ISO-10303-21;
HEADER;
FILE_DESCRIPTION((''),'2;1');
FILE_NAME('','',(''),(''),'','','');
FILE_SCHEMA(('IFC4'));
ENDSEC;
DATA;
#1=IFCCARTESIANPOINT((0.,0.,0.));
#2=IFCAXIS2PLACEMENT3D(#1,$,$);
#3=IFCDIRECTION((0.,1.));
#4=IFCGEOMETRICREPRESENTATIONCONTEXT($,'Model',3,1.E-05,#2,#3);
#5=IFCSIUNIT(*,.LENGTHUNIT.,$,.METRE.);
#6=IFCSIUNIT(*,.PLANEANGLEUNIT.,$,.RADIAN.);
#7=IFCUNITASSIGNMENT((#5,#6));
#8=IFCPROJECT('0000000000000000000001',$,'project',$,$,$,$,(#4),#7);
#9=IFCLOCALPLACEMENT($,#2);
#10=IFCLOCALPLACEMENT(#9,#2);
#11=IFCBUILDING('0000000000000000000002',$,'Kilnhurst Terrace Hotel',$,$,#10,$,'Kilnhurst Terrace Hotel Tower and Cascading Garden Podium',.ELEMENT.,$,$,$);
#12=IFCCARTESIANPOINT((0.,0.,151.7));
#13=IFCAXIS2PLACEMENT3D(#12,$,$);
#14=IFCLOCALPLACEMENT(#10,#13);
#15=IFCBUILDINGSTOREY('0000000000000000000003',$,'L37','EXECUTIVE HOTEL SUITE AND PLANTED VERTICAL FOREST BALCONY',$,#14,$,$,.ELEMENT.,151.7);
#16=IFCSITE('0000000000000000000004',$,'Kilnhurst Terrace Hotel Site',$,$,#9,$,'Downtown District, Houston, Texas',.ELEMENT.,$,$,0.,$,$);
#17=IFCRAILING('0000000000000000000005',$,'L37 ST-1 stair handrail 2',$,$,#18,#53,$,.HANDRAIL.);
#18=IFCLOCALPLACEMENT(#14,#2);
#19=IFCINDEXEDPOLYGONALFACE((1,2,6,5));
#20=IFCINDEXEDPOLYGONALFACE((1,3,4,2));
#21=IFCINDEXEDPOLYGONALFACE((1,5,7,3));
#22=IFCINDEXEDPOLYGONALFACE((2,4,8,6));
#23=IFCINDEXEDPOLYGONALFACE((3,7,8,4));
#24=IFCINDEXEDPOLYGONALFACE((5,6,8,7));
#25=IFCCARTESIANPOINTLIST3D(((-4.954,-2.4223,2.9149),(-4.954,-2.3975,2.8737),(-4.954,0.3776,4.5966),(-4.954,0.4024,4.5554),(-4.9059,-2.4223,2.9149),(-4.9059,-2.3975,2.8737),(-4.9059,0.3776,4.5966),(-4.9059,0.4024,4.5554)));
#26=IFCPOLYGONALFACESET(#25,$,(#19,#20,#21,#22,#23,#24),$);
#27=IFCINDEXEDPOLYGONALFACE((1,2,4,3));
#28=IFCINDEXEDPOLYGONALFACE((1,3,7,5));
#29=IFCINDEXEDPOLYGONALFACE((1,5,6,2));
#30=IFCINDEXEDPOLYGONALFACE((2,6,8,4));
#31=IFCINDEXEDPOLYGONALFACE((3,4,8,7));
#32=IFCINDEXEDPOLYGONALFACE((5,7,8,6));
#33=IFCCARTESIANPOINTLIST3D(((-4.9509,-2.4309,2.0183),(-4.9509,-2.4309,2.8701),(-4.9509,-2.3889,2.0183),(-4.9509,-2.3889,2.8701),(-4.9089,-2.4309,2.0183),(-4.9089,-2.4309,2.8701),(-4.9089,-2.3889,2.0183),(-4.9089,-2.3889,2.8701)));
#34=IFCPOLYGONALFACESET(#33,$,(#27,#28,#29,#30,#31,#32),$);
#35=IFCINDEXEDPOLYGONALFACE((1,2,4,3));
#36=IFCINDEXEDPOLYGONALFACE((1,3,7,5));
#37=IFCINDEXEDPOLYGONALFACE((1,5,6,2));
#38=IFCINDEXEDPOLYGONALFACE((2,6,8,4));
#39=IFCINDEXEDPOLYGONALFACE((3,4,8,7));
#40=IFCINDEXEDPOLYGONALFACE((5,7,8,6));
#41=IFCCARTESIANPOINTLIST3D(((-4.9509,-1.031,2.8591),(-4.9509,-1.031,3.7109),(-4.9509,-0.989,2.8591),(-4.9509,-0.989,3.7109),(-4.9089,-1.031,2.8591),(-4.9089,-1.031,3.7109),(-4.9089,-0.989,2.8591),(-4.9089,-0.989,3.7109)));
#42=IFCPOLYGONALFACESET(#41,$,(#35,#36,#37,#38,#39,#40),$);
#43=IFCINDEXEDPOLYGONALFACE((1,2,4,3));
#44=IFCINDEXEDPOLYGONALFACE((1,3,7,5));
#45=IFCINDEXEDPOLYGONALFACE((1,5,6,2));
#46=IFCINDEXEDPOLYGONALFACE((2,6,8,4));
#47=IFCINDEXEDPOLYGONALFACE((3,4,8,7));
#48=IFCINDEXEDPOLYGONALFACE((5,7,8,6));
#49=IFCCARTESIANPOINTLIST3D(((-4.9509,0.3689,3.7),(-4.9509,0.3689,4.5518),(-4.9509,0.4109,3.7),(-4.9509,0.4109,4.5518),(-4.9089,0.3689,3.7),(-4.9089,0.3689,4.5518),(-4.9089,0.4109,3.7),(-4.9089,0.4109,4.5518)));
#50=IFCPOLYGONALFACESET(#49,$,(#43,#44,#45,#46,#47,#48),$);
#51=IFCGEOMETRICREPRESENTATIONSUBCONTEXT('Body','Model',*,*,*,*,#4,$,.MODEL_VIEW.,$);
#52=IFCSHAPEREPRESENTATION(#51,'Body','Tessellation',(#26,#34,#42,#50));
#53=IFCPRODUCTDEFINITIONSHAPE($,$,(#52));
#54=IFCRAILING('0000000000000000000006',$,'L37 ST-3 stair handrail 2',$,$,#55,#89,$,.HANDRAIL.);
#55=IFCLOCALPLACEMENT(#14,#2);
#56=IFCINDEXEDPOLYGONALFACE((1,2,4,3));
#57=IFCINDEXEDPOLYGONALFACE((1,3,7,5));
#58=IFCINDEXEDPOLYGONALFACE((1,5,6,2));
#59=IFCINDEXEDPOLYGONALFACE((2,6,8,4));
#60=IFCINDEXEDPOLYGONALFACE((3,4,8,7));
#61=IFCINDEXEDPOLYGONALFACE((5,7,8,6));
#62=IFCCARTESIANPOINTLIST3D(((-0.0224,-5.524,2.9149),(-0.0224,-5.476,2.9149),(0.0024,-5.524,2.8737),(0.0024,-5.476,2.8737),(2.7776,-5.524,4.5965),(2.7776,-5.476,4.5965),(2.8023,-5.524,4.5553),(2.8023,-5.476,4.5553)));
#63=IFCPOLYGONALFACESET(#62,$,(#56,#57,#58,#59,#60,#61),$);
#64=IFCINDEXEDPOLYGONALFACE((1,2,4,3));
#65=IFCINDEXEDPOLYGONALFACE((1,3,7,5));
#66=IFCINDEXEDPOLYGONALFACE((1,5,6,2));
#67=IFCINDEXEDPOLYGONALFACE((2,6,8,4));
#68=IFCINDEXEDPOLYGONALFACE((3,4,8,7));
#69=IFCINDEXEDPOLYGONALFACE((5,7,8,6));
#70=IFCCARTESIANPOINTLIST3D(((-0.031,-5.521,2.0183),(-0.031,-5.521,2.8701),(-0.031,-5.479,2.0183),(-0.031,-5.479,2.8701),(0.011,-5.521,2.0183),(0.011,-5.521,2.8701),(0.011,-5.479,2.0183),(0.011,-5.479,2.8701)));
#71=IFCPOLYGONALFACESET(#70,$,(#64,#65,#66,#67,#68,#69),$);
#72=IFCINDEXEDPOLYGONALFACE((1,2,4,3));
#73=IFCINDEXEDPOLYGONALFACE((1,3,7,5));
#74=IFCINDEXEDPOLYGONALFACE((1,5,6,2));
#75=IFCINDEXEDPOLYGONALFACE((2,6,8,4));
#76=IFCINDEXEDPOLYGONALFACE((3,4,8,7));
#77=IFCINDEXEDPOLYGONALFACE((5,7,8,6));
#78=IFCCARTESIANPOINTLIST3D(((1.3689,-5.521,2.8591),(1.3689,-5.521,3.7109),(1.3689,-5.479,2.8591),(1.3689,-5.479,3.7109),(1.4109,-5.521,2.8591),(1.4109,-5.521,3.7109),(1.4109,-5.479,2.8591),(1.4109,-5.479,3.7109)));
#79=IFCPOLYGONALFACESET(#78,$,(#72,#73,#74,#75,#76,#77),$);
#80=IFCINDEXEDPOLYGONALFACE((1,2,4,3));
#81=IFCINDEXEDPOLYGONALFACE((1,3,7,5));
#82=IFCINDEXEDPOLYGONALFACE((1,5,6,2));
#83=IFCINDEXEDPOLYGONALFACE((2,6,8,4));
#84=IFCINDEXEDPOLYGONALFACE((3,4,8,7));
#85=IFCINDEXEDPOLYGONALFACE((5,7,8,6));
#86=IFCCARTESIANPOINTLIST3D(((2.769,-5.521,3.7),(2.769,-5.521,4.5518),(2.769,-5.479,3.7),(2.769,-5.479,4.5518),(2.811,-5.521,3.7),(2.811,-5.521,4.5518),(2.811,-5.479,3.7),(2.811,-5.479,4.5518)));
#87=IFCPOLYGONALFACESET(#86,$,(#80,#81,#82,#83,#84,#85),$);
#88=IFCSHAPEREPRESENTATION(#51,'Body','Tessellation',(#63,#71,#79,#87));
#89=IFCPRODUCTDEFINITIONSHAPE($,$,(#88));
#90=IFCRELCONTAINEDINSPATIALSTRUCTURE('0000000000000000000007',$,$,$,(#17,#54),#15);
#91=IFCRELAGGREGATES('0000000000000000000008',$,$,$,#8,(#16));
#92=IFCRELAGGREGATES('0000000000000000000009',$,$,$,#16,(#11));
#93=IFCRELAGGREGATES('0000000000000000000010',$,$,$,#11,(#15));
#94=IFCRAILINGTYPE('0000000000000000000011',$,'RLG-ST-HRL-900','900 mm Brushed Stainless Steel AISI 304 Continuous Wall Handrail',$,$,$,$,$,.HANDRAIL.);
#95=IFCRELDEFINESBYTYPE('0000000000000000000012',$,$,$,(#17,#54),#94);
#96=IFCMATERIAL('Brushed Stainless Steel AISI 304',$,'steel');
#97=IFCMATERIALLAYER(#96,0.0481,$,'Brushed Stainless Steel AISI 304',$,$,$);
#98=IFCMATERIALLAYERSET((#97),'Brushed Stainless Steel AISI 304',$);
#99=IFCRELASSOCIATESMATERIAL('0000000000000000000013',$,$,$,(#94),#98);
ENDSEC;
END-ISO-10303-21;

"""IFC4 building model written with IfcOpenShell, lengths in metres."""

from ifc_helpers import new_model, si_unit, direction, frame, origin, origin_2d, place, context, subcontext, project, spatial, rectangle, extrude, material, layer, layer_set, type_object, element, save


model = new_model("IFC4")

# Units and contexts
model_context = context("Model", 3, precision=1e-05, world=origin(), true_north=direction((0.0, 1.0)))
body_context = subcontext(model_context, "Body", "Model", "MODEL_VIEW")
ifc_project = project(units=[si_unit("LENGTHUNIT", "METRE"), si_unit("PLANEANGLEUNIT", "RADIAN")], contexts=[model_context])

# Site, building, storey
site_placement = place(None, origin())
site = spatial("IfcSite", under=ifc_project, at=site_placement, Name="Kilnhurst Terrace Hotel Site", LongName="Downtown District, Houston, Texas", CompositionType="ELEMENT", RefElevation=0.0)
building_placement = place(site_placement, origin())
building = spatial("IfcBuilding", under=site, at=building_placement, Name="Kilnhurst Terrace Hotel", LongName="Kilnhurst Terrace Hotel Tower and Cascading Garden Podium", CompositionType="ELEMENT")
storey_placement = place(building_placement, frame((0.0, 0.0, 151.7)))
storey = spatial("IfcBuildingStorey", under=building, at=storey_placement, Name="L37", Description="EXECUTIVE HOTEL SUITE AND PLANTED VERTICAL FOREST BALCONY", CompositionType="ELEMENT", Elevation=151.7)

# Railings
ifc_material_1 = material(Name="Brushed Stainless Steel AISI 304", Category="steel")
ifc_layer_1 = layer(ifc_material_1, 0.0481, Name="Brushed Stainless Steel AISI 304")
ifc_layer_set_1 = layer_set([ifc_layer_1], Name="Brushed Stainless Steel AISI 304")
railing_type_1 = type_object("IfcRailingType", Name="RLG-ST-HRL-900", Description="900 mm Brushed Stainless Steel AISI 304 Continuous Wall Handrail", PredefinedType="HANDRAIL", material=ifc_layer_set_1)
railing_1_placement = place(storey_placement, frame((-4.9299, -2.4099, 2.0183)))
element("IfcRailing", 1, at=railing_1_placement, inside=storey, type_object=railing_type_1, Name="L37 ST-1 stair handrail 2", PredefinedType="HANDRAIL", context=body_context, shape_type="SweptSolid", body=[
    extrude(rectangle(XDim=0.0481, YDim=0.0481, at=origin_2d()), frame((0.0, 0.0, 0.876), z_axis=(0.0, 0.857255, 0.514891), x_axis=(-1.0, 0.0, 0.0)), (0.0, 0.0, 1.0), 3.2661),
    extrude(rectangle(XDim=0.042, YDim=0.042, at=origin_2d()), origin(), (0.0, 0.0, 1.0), 0.8518),
    extrude(rectangle(XDim=0.042, YDim=0.042, at=origin_2d()), frame((0.0, 1.3999, 0.8408)), (0.0, 0.0, 1.0), 0.8518),
    extrude(rectangle(XDim=0.042, YDim=0.042, at=origin_2d()), frame((0.0, 2.7998, 1.6816)), (0.0, 0.0, 1.0), 0.8518),
])
railing_2_placement = place(storey_placement, frame((-0.01, -5.5, 2.0183)))
element("IfcRailing", 2, at=railing_2_placement, inside=storey, type_object=railing_type_1, Name="L37 ST-3 stair handrail 2", PredefinedType="HANDRAIL", context=body_context, shape_type="SweptSolid", body=[
    extrude(rectangle(XDim=0.0481, YDim=0.0481, at=origin_2d()), frame((0.0, 0.0, 0.876), z_axis=(0.857275, 0.0, 0.514858), x_axis=(0.0, 1.0, 0.0)), (0.0, 0.0, 1.0), 3.2661),
    extrude(rectangle(XDim=0.042, YDim=0.042, at=origin_2d()), origin(), (0.0, 0.0, 1.0), 0.8518),
    extrude(rectangle(XDim=0.042, YDim=0.042, at=origin_2d()), frame((1.3999, 0.0, 0.8408)), (0.0, 0.0, 1.0), 0.8518),
    extrude(rectangle(XDim=0.042, YDim=0.042, at=origin_2d()), frame((2.8, 0.0, 1.6816)), (0.0, 0.0, 1.0), 0.8518),
])

save(model, "model.ifc")
